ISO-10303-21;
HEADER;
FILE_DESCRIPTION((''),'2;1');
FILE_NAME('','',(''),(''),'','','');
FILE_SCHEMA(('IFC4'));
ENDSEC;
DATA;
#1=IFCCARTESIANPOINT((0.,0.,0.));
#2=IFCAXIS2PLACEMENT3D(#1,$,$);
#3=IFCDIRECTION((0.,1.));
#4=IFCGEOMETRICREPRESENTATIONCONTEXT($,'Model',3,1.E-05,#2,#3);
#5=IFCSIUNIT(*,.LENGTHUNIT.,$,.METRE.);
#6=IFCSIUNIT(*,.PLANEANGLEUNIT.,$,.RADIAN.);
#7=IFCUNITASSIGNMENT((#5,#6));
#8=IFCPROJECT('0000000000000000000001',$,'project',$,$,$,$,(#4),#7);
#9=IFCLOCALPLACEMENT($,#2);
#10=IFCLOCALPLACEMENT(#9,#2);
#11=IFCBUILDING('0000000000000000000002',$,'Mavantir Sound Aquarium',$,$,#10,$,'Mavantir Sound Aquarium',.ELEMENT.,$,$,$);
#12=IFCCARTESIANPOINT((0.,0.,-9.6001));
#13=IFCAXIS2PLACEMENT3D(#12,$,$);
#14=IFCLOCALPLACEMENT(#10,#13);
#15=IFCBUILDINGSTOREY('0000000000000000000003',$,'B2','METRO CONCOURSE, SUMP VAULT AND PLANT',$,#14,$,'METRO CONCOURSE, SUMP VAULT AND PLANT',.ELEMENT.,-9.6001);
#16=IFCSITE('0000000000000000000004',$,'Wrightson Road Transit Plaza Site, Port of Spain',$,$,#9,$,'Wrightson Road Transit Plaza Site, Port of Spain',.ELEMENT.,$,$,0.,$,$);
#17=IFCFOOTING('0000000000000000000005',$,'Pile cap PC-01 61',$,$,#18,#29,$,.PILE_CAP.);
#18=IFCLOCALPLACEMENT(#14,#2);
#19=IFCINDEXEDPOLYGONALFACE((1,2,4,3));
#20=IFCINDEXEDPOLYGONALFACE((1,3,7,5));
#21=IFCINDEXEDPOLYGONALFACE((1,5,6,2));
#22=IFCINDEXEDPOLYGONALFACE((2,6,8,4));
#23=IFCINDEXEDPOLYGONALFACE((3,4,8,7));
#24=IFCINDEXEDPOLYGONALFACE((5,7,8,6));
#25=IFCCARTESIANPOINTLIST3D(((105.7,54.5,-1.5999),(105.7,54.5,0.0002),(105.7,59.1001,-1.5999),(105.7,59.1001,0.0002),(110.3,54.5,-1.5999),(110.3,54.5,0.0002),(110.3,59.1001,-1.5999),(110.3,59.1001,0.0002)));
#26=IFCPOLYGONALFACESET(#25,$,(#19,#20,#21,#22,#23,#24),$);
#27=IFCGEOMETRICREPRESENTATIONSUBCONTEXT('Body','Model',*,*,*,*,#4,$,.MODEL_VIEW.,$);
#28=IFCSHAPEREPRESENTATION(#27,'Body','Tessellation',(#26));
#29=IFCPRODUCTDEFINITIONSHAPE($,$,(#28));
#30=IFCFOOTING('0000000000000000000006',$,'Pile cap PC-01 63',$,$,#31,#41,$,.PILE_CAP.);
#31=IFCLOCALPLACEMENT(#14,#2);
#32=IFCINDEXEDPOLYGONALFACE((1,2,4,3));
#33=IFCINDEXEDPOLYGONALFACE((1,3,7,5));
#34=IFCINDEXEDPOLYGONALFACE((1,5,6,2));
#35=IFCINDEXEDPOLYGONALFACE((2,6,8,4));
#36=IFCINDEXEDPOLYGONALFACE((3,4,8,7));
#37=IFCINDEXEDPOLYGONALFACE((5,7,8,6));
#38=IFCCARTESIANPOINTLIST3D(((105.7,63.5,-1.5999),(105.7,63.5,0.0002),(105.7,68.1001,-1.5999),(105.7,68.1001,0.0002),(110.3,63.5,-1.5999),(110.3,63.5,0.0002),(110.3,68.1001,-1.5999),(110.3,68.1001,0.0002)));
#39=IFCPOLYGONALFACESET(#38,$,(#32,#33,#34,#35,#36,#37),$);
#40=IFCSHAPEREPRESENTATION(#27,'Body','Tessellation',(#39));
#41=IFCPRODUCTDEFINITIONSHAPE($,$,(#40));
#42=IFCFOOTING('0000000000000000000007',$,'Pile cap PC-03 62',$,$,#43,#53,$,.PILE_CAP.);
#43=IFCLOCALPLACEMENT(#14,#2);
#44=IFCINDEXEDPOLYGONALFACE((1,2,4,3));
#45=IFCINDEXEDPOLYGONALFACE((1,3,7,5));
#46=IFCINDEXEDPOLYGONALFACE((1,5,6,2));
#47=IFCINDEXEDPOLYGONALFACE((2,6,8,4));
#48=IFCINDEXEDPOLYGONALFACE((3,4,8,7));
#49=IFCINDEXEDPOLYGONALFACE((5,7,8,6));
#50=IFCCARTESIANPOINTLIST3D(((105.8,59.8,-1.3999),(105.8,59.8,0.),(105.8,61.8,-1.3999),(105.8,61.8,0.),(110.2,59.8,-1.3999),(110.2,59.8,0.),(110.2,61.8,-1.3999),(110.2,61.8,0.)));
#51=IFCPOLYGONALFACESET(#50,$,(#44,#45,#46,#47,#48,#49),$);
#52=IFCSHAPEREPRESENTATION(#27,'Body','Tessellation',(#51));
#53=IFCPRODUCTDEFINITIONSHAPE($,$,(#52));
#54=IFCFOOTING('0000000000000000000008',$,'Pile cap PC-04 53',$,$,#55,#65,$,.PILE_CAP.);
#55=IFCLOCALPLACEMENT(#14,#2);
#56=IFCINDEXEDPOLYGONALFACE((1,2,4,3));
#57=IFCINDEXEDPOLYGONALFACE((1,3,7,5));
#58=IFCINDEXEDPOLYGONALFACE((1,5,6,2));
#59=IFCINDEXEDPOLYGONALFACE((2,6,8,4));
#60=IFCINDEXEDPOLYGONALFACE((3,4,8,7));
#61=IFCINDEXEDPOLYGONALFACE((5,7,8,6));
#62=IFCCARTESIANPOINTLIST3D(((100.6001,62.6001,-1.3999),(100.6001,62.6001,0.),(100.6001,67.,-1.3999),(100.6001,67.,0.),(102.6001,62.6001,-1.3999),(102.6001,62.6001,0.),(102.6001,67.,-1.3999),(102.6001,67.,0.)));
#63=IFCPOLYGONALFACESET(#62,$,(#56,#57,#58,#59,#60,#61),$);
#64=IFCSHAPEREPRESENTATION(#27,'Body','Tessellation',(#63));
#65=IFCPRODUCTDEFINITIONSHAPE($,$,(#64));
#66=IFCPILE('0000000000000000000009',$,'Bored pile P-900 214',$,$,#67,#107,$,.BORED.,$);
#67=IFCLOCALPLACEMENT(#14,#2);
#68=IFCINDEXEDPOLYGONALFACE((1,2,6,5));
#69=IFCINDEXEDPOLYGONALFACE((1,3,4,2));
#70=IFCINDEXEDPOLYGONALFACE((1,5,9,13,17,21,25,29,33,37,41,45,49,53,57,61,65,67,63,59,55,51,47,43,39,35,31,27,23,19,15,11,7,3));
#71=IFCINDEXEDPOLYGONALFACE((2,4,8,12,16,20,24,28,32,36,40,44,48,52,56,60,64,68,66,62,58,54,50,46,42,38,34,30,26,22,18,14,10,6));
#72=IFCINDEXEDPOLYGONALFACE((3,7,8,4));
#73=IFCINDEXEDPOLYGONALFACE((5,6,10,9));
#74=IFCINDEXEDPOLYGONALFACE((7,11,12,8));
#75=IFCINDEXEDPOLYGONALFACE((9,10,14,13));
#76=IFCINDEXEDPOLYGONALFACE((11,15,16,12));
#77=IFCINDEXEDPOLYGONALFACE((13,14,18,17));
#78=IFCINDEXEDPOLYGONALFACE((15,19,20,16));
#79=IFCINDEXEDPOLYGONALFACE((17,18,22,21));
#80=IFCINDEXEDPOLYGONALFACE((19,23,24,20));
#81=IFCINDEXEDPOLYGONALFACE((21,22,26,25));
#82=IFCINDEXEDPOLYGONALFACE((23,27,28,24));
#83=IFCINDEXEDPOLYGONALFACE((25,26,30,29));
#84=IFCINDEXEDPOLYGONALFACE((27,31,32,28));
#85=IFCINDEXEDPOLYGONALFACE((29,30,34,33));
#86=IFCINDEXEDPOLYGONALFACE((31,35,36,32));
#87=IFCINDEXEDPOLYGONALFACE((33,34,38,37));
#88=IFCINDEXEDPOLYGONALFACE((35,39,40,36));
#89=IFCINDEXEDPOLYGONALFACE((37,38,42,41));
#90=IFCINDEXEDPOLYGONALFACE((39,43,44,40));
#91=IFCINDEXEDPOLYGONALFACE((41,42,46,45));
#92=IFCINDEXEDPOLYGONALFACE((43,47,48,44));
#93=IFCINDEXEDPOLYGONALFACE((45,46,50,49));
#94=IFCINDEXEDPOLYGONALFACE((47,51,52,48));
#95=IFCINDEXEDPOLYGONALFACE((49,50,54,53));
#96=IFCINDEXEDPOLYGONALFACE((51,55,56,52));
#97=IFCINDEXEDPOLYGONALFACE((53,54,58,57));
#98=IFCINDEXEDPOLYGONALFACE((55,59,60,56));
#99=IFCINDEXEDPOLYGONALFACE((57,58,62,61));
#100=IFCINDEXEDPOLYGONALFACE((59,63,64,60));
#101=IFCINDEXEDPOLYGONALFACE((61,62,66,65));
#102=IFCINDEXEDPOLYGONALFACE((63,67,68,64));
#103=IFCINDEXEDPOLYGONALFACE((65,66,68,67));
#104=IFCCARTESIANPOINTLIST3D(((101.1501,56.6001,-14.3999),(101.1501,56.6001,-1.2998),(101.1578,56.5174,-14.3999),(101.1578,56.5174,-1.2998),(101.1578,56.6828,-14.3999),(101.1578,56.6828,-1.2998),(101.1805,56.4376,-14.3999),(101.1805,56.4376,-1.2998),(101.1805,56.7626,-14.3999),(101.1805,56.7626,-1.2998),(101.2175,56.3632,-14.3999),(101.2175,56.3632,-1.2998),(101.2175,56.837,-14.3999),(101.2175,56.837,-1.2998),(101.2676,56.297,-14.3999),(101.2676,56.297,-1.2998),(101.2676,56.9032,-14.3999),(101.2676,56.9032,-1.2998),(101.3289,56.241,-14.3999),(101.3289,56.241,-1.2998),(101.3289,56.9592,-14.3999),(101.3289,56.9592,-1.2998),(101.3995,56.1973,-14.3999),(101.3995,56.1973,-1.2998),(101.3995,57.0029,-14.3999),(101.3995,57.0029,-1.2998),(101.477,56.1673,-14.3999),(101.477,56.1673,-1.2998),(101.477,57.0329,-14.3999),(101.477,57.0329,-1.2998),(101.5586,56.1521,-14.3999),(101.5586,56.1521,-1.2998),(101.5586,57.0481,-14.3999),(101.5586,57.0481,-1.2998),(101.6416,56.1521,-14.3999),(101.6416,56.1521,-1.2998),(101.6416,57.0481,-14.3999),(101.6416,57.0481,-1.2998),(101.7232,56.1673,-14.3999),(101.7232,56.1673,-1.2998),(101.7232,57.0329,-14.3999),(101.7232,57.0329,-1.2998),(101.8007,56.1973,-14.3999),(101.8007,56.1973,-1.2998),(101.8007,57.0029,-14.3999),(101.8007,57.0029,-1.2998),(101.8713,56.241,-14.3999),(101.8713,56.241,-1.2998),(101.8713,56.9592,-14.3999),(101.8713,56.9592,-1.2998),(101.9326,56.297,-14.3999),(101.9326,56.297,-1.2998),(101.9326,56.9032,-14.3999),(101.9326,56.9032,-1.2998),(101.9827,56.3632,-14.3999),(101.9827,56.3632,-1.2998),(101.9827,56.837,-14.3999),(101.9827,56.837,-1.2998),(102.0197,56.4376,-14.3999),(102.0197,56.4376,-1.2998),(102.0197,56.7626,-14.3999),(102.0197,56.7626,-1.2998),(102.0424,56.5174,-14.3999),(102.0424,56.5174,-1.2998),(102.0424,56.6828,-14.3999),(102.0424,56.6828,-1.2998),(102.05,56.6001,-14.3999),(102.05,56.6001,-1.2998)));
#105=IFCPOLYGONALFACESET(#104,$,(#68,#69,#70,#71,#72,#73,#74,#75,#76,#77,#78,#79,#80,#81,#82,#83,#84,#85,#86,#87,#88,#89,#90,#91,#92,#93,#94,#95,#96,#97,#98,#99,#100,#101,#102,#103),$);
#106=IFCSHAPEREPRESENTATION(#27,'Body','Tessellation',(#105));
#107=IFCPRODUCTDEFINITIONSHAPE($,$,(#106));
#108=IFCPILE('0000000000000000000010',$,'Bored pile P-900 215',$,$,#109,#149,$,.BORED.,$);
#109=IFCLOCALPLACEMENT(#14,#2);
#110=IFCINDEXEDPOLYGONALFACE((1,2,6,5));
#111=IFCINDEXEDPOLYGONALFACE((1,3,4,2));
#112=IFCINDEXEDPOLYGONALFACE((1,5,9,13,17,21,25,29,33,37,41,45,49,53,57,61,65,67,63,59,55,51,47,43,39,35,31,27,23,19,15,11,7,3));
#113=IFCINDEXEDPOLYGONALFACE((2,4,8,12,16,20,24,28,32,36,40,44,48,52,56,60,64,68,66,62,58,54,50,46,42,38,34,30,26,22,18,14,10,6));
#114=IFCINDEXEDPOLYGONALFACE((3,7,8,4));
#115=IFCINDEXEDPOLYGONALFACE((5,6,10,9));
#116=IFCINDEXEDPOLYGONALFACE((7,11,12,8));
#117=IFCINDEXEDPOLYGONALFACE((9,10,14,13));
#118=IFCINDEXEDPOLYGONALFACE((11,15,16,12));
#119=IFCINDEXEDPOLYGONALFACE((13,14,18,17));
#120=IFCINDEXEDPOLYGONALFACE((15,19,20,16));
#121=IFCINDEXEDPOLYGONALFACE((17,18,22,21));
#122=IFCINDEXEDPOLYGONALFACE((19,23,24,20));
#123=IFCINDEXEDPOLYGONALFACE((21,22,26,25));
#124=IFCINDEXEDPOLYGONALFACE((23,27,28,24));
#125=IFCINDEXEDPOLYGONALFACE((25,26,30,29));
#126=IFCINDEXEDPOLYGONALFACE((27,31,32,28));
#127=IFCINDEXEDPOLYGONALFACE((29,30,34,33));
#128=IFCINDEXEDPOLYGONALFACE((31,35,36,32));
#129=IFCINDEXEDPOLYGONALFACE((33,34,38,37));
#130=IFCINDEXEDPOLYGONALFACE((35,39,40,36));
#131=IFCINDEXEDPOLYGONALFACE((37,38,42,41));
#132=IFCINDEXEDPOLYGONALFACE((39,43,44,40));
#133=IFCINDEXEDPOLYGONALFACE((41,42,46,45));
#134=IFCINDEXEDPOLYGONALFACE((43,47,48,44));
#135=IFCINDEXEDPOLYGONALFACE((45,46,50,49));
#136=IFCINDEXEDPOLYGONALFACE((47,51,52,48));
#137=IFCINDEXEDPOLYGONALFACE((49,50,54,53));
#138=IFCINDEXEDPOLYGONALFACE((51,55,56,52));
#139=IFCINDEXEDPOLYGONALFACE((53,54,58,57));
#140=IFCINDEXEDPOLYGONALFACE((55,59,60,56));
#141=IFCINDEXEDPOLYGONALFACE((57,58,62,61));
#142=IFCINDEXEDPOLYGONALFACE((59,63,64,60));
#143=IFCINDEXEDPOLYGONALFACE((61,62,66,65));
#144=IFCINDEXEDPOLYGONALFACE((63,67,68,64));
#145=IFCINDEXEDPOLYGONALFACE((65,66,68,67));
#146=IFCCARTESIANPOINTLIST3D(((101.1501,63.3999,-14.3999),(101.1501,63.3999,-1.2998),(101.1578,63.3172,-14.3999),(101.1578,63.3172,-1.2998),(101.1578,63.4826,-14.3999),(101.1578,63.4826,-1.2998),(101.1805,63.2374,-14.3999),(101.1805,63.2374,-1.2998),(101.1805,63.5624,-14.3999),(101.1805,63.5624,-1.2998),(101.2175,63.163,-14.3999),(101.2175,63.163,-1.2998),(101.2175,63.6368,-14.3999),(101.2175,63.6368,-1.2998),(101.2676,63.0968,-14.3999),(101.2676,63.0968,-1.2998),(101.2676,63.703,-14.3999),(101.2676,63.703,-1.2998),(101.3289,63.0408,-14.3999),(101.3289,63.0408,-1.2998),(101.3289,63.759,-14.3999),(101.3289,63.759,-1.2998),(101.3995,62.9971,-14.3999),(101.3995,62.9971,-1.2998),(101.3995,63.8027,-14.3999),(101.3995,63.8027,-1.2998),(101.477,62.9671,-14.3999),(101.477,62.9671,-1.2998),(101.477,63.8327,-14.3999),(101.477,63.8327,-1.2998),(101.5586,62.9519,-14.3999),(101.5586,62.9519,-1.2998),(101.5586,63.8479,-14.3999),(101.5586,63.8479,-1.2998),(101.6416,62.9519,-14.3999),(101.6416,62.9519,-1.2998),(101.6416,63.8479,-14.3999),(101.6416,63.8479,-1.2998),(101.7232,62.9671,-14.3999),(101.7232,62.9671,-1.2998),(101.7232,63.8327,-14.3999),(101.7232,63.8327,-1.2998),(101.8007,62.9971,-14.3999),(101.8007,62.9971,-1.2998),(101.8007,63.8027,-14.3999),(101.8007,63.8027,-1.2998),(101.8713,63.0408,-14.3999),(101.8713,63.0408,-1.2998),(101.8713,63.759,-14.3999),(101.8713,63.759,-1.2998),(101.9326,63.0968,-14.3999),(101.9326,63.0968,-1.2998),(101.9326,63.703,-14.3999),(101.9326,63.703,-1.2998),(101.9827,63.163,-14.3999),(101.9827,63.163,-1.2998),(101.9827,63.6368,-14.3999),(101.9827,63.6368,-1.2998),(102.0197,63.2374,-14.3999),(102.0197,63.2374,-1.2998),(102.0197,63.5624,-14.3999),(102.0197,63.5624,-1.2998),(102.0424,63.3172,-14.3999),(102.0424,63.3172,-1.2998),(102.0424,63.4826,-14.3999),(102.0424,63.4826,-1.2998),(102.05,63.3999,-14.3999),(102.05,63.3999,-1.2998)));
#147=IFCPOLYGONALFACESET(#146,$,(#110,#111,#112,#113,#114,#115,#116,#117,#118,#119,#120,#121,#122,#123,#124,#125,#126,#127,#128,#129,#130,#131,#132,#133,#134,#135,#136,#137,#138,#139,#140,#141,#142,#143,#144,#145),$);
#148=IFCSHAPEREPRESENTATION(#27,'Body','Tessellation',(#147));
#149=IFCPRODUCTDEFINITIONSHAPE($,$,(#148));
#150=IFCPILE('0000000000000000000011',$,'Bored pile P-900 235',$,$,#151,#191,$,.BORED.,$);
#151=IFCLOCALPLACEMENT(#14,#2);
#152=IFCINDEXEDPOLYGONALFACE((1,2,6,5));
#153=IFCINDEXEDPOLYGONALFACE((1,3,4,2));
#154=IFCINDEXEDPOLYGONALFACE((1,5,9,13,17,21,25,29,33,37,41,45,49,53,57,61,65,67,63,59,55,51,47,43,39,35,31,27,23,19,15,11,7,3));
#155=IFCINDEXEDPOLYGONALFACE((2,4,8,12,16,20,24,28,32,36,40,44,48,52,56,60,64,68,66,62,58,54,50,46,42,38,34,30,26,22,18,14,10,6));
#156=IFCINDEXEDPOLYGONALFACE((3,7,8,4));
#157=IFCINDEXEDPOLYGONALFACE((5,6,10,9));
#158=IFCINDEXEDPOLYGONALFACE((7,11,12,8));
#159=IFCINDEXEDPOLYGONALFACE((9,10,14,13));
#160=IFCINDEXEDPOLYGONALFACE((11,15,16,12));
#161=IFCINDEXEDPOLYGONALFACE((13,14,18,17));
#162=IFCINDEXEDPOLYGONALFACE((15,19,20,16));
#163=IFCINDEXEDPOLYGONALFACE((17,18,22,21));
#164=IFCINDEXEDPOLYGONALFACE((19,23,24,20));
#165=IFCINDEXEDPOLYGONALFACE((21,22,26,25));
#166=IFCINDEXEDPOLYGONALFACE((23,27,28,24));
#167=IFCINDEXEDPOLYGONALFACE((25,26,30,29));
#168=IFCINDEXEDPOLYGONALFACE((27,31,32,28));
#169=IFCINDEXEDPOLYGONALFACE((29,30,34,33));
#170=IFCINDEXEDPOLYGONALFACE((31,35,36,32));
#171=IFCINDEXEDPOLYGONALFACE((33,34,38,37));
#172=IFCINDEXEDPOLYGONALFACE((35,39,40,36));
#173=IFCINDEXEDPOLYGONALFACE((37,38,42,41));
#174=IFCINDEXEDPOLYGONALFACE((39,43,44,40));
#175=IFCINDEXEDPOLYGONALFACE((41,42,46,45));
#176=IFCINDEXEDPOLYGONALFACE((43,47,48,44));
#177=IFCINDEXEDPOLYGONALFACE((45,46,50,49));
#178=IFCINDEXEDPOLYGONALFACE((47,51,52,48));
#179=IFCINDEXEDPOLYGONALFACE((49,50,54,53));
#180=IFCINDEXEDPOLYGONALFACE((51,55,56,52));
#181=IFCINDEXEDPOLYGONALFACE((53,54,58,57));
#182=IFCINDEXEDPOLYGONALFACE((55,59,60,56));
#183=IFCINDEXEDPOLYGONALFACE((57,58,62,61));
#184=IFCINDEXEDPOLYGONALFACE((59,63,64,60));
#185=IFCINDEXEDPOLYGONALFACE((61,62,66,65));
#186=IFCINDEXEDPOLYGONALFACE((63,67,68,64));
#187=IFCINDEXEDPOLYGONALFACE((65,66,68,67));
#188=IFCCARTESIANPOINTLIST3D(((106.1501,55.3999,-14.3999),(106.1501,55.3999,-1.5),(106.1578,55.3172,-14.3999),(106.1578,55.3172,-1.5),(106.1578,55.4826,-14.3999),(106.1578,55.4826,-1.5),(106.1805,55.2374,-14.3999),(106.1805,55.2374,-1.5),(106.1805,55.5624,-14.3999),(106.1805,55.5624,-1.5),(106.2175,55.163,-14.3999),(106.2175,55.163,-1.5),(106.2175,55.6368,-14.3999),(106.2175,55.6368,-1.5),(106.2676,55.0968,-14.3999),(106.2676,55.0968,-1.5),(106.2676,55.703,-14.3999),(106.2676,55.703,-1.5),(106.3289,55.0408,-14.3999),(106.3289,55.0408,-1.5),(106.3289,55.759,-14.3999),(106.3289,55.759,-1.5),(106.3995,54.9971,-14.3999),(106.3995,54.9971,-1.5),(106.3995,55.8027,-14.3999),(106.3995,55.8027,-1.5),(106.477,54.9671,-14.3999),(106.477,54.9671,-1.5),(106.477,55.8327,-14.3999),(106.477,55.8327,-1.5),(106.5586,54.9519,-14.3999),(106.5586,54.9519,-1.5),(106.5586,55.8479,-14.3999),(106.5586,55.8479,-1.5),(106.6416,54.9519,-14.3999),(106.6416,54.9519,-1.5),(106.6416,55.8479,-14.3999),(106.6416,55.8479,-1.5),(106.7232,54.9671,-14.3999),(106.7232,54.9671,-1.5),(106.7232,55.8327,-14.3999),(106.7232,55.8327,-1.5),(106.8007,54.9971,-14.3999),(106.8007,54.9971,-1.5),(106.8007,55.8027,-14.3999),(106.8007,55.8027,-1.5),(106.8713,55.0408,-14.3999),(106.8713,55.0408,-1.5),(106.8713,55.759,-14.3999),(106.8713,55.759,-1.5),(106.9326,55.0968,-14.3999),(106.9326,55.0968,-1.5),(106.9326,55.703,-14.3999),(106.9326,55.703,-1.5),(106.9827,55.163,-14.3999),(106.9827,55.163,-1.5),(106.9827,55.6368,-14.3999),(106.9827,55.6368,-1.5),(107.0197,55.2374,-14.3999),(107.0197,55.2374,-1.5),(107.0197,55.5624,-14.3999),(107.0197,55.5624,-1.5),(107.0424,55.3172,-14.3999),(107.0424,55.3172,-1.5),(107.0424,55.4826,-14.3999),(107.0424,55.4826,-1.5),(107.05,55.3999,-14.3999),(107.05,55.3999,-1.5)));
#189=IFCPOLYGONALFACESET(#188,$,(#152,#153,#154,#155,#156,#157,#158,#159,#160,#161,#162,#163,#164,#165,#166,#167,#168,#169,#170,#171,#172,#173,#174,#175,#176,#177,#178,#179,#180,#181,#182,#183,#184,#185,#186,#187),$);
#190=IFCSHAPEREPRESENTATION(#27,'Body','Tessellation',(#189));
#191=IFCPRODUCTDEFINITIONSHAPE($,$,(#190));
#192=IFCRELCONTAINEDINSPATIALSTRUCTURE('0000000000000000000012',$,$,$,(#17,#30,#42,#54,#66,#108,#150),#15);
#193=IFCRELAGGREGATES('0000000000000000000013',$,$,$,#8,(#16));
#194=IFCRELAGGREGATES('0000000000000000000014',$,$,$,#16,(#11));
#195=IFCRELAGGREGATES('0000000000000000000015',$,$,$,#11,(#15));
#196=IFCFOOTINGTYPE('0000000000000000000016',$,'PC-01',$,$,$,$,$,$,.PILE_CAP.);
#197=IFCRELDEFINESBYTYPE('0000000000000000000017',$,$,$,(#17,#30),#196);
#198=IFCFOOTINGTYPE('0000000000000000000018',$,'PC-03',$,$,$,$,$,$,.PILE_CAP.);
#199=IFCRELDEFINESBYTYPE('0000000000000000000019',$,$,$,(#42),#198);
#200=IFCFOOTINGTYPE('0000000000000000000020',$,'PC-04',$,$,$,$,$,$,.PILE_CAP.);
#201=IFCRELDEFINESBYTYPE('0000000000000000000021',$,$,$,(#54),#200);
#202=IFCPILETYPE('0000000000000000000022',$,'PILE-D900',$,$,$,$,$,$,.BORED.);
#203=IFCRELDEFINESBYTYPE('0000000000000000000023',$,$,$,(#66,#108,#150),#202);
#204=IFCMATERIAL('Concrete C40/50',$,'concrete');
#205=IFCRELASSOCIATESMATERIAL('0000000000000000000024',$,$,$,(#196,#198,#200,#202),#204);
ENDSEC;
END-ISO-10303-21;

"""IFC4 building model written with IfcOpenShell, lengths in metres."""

from ifc_helpers import new_model, si_unit, direction, frame, origin, origin_2d, place, context, subcontext, project, spatial, rectangle, circle, extrude, material, material_profile, profile_set, type_object, element, save


model = new_model("IFC4")

# Units and contexts
model_context = context("Model", 3, precision=1e-05, world=origin(), true_north=direction((0.0, 1.0)))
body_context = subcontext(model_context, "Body", "Model", "MODEL_VIEW")
ifc_project = project(units=[si_unit("LENGTHUNIT", "METRE"), si_unit("PLANEANGLEUNIT", "RADIAN")], contexts=[model_context])

# Site, building, storey
site_placement = place(None, origin())
site = spatial("IfcSite", under=ifc_project, at=site_placement, Name="Wrightson Road Transit Plaza Site, Port of Spain", LongName="Wrightson Road Transit Plaza Site, Port of Spain", CompositionType="ELEMENT", RefElevation=0.0)
building_placement = place(site_placement, origin())
building = spatial("IfcBuilding", under=site, at=building_placement, Name="Mavantir Sound Aquarium", LongName="Mavantir Sound Aquarium", CompositionType="ELEMENT")
storey_placement = place(building_placement, frame((0.0, 0.0, -9.6001)))
storey = spatial("IfcBuildingStorey", under=building, at=storey_placement, Name="B2", Description="METRO CONCOURSE, SUMP VAULT AND PLANT", LongName="METRO CONCOURSE, SUMP VAULT AND PLANT", CompositionType="ELEMENT", Elevation=-9.6001)

# Footings
ifc_material = material(Name="Concrete C40/50", Category="concrete")
footing_type_1 = type_object("IfcFootingType", Name="PC-01", PredefinedType="PILE_CAP", material=ifc_material)
for number, where, z_axis, x_axis, name in (
    (1, (108.0, 56.8, -1.5999), (0.0, 0.0, 1.0), (1.0, 0.0, 0.0), "Pile cap PC-01 61"),
    (2, (108.0, 65.8, -1.5999), (0.0, 0.0, 1.0), (1.0, 0.0, 0.0), "Pile cap PC-01 63"),
):
    element("IfcFooting", number, at=place(storey_placement, frame(where, z_axis=z_axis, x_axis=x_axis)), inside=storey, type_object=footing_type_1, Name=name, PredefinedType="PILE_CAP", context=body_context, shape_type="SweptSolid", body=[
        extrude(rectangle(XDim=4.6001, YDim=4.6001, at=origin_2d()), origin(), (0.0, 0.0, 1.0), 1.6001),
    ])
footing_type_2 = type_object("IfcFootingType", Name="PC-03", PredefinedType="PILE_CAP", material=ifc_material)
footing_1_placement = place(storey_placement, frame((108.0, 60.8, -1.3999), z_axis=(0.0, 0.0, 1.0), x_axis=(1.0, 0.0, 0.0)))
element("IfcFooting", 3, at=footing_1_placement, inside=storey, type_object=footing_type_2, Name="Pile cap PC-03 62", PredefinedType="PILE_CAP", context=body_context, shape_type="SweptSolid", body=[
    extrude(rectangle(XDim=4.3999, YDim=2.0, at=origin_2d()), origin(), (0.0, 0.0, 1.0), 1.3999),
])
footing_type_3 = type_object("IfcFootingType", Name="PC-04", PredefinedType="PILE_CAP", material=ifc_material)
footing_2_placement = place(storey_placement, frame((101.6001, 64.8, -1.3999), z_axis=(0.0, 0.0, 1.0), x_axis=(1.0, 0.0, 0.0)))
element("IfcFooting", 4, at=footing_2_placement, inside=storey, type_object=footing_type_3, Name="Pile cap PC-04 53", PredefinedType="PILE_CAP", context=body_context, shape_type="SweptSolid", body=[
    extrude(rectangle(XDim=2.0, YDim=4.3999, at=origin_2d()), origin(), (0.0, 0.0, 1.0), 1.3999),
])

# Piles
ifc_material_profile_1 = material_profile(ifc_material, circle(Radius=0.45, at=origin_2d()), Name="PILE D900")
ifc_profile_set_1 = profile_set([ifc_material_profile_1], Name="Concrete C40/50")
pile_type = type_object("IfcPileType", Name="PILE-D900", PredefinedType="BORED", material=ifc_profile_set_1)
for number, where, z_axis, x_axis, name in (
    (5, (101.6001, 56.6001, -1.2998), (0.0, 0.0, -1.0), (1.0, 0.0, 0.0), "Bored pile P-900 214"),
    (6, (101.6001, 63.3999, -1.2998), (0.0, 0.0, -1.0), (1.0, 0.0, 0.0), "Bored pile P-900 215"),
):
    element("IfcPile", number, at=place(storey_placement, frame(where, z_axis=z_axis, x_axis=x_axis)), inside=storey, type_object=pile_type, Name=name, PredefinedType="BORED", context=body_context, shape_type="SweptSolid", body=[
        extrude(circle(Radius=0.45, at=origin_2d()), origin(), (0.0, 0.0, 1.0), 13.1001),
    ])
for number, where, z_axis, x_axis, name in (
    (7, (106.6001, 55.3999, -1.5), (0.0, 0.0, -1.0), (1.0, 0.0, 0.0), "Bored pile P-900 235"),
):
    element("IfcPile", number, at=place(storey_placement, frame(where, z_axis=z_axis, x_axis=x_axis)), inside=storey, type_object=pile_type, Name=name, PredefinedType="BORED", context=body_context, shape_type="SweptSolid", body=[
        extrude(circle(Radius=0.45, at=origin_2d()), origin(), (0.0, 0.0, 1.0), 12.8999),
    ])

save(model, "model.ifc")
